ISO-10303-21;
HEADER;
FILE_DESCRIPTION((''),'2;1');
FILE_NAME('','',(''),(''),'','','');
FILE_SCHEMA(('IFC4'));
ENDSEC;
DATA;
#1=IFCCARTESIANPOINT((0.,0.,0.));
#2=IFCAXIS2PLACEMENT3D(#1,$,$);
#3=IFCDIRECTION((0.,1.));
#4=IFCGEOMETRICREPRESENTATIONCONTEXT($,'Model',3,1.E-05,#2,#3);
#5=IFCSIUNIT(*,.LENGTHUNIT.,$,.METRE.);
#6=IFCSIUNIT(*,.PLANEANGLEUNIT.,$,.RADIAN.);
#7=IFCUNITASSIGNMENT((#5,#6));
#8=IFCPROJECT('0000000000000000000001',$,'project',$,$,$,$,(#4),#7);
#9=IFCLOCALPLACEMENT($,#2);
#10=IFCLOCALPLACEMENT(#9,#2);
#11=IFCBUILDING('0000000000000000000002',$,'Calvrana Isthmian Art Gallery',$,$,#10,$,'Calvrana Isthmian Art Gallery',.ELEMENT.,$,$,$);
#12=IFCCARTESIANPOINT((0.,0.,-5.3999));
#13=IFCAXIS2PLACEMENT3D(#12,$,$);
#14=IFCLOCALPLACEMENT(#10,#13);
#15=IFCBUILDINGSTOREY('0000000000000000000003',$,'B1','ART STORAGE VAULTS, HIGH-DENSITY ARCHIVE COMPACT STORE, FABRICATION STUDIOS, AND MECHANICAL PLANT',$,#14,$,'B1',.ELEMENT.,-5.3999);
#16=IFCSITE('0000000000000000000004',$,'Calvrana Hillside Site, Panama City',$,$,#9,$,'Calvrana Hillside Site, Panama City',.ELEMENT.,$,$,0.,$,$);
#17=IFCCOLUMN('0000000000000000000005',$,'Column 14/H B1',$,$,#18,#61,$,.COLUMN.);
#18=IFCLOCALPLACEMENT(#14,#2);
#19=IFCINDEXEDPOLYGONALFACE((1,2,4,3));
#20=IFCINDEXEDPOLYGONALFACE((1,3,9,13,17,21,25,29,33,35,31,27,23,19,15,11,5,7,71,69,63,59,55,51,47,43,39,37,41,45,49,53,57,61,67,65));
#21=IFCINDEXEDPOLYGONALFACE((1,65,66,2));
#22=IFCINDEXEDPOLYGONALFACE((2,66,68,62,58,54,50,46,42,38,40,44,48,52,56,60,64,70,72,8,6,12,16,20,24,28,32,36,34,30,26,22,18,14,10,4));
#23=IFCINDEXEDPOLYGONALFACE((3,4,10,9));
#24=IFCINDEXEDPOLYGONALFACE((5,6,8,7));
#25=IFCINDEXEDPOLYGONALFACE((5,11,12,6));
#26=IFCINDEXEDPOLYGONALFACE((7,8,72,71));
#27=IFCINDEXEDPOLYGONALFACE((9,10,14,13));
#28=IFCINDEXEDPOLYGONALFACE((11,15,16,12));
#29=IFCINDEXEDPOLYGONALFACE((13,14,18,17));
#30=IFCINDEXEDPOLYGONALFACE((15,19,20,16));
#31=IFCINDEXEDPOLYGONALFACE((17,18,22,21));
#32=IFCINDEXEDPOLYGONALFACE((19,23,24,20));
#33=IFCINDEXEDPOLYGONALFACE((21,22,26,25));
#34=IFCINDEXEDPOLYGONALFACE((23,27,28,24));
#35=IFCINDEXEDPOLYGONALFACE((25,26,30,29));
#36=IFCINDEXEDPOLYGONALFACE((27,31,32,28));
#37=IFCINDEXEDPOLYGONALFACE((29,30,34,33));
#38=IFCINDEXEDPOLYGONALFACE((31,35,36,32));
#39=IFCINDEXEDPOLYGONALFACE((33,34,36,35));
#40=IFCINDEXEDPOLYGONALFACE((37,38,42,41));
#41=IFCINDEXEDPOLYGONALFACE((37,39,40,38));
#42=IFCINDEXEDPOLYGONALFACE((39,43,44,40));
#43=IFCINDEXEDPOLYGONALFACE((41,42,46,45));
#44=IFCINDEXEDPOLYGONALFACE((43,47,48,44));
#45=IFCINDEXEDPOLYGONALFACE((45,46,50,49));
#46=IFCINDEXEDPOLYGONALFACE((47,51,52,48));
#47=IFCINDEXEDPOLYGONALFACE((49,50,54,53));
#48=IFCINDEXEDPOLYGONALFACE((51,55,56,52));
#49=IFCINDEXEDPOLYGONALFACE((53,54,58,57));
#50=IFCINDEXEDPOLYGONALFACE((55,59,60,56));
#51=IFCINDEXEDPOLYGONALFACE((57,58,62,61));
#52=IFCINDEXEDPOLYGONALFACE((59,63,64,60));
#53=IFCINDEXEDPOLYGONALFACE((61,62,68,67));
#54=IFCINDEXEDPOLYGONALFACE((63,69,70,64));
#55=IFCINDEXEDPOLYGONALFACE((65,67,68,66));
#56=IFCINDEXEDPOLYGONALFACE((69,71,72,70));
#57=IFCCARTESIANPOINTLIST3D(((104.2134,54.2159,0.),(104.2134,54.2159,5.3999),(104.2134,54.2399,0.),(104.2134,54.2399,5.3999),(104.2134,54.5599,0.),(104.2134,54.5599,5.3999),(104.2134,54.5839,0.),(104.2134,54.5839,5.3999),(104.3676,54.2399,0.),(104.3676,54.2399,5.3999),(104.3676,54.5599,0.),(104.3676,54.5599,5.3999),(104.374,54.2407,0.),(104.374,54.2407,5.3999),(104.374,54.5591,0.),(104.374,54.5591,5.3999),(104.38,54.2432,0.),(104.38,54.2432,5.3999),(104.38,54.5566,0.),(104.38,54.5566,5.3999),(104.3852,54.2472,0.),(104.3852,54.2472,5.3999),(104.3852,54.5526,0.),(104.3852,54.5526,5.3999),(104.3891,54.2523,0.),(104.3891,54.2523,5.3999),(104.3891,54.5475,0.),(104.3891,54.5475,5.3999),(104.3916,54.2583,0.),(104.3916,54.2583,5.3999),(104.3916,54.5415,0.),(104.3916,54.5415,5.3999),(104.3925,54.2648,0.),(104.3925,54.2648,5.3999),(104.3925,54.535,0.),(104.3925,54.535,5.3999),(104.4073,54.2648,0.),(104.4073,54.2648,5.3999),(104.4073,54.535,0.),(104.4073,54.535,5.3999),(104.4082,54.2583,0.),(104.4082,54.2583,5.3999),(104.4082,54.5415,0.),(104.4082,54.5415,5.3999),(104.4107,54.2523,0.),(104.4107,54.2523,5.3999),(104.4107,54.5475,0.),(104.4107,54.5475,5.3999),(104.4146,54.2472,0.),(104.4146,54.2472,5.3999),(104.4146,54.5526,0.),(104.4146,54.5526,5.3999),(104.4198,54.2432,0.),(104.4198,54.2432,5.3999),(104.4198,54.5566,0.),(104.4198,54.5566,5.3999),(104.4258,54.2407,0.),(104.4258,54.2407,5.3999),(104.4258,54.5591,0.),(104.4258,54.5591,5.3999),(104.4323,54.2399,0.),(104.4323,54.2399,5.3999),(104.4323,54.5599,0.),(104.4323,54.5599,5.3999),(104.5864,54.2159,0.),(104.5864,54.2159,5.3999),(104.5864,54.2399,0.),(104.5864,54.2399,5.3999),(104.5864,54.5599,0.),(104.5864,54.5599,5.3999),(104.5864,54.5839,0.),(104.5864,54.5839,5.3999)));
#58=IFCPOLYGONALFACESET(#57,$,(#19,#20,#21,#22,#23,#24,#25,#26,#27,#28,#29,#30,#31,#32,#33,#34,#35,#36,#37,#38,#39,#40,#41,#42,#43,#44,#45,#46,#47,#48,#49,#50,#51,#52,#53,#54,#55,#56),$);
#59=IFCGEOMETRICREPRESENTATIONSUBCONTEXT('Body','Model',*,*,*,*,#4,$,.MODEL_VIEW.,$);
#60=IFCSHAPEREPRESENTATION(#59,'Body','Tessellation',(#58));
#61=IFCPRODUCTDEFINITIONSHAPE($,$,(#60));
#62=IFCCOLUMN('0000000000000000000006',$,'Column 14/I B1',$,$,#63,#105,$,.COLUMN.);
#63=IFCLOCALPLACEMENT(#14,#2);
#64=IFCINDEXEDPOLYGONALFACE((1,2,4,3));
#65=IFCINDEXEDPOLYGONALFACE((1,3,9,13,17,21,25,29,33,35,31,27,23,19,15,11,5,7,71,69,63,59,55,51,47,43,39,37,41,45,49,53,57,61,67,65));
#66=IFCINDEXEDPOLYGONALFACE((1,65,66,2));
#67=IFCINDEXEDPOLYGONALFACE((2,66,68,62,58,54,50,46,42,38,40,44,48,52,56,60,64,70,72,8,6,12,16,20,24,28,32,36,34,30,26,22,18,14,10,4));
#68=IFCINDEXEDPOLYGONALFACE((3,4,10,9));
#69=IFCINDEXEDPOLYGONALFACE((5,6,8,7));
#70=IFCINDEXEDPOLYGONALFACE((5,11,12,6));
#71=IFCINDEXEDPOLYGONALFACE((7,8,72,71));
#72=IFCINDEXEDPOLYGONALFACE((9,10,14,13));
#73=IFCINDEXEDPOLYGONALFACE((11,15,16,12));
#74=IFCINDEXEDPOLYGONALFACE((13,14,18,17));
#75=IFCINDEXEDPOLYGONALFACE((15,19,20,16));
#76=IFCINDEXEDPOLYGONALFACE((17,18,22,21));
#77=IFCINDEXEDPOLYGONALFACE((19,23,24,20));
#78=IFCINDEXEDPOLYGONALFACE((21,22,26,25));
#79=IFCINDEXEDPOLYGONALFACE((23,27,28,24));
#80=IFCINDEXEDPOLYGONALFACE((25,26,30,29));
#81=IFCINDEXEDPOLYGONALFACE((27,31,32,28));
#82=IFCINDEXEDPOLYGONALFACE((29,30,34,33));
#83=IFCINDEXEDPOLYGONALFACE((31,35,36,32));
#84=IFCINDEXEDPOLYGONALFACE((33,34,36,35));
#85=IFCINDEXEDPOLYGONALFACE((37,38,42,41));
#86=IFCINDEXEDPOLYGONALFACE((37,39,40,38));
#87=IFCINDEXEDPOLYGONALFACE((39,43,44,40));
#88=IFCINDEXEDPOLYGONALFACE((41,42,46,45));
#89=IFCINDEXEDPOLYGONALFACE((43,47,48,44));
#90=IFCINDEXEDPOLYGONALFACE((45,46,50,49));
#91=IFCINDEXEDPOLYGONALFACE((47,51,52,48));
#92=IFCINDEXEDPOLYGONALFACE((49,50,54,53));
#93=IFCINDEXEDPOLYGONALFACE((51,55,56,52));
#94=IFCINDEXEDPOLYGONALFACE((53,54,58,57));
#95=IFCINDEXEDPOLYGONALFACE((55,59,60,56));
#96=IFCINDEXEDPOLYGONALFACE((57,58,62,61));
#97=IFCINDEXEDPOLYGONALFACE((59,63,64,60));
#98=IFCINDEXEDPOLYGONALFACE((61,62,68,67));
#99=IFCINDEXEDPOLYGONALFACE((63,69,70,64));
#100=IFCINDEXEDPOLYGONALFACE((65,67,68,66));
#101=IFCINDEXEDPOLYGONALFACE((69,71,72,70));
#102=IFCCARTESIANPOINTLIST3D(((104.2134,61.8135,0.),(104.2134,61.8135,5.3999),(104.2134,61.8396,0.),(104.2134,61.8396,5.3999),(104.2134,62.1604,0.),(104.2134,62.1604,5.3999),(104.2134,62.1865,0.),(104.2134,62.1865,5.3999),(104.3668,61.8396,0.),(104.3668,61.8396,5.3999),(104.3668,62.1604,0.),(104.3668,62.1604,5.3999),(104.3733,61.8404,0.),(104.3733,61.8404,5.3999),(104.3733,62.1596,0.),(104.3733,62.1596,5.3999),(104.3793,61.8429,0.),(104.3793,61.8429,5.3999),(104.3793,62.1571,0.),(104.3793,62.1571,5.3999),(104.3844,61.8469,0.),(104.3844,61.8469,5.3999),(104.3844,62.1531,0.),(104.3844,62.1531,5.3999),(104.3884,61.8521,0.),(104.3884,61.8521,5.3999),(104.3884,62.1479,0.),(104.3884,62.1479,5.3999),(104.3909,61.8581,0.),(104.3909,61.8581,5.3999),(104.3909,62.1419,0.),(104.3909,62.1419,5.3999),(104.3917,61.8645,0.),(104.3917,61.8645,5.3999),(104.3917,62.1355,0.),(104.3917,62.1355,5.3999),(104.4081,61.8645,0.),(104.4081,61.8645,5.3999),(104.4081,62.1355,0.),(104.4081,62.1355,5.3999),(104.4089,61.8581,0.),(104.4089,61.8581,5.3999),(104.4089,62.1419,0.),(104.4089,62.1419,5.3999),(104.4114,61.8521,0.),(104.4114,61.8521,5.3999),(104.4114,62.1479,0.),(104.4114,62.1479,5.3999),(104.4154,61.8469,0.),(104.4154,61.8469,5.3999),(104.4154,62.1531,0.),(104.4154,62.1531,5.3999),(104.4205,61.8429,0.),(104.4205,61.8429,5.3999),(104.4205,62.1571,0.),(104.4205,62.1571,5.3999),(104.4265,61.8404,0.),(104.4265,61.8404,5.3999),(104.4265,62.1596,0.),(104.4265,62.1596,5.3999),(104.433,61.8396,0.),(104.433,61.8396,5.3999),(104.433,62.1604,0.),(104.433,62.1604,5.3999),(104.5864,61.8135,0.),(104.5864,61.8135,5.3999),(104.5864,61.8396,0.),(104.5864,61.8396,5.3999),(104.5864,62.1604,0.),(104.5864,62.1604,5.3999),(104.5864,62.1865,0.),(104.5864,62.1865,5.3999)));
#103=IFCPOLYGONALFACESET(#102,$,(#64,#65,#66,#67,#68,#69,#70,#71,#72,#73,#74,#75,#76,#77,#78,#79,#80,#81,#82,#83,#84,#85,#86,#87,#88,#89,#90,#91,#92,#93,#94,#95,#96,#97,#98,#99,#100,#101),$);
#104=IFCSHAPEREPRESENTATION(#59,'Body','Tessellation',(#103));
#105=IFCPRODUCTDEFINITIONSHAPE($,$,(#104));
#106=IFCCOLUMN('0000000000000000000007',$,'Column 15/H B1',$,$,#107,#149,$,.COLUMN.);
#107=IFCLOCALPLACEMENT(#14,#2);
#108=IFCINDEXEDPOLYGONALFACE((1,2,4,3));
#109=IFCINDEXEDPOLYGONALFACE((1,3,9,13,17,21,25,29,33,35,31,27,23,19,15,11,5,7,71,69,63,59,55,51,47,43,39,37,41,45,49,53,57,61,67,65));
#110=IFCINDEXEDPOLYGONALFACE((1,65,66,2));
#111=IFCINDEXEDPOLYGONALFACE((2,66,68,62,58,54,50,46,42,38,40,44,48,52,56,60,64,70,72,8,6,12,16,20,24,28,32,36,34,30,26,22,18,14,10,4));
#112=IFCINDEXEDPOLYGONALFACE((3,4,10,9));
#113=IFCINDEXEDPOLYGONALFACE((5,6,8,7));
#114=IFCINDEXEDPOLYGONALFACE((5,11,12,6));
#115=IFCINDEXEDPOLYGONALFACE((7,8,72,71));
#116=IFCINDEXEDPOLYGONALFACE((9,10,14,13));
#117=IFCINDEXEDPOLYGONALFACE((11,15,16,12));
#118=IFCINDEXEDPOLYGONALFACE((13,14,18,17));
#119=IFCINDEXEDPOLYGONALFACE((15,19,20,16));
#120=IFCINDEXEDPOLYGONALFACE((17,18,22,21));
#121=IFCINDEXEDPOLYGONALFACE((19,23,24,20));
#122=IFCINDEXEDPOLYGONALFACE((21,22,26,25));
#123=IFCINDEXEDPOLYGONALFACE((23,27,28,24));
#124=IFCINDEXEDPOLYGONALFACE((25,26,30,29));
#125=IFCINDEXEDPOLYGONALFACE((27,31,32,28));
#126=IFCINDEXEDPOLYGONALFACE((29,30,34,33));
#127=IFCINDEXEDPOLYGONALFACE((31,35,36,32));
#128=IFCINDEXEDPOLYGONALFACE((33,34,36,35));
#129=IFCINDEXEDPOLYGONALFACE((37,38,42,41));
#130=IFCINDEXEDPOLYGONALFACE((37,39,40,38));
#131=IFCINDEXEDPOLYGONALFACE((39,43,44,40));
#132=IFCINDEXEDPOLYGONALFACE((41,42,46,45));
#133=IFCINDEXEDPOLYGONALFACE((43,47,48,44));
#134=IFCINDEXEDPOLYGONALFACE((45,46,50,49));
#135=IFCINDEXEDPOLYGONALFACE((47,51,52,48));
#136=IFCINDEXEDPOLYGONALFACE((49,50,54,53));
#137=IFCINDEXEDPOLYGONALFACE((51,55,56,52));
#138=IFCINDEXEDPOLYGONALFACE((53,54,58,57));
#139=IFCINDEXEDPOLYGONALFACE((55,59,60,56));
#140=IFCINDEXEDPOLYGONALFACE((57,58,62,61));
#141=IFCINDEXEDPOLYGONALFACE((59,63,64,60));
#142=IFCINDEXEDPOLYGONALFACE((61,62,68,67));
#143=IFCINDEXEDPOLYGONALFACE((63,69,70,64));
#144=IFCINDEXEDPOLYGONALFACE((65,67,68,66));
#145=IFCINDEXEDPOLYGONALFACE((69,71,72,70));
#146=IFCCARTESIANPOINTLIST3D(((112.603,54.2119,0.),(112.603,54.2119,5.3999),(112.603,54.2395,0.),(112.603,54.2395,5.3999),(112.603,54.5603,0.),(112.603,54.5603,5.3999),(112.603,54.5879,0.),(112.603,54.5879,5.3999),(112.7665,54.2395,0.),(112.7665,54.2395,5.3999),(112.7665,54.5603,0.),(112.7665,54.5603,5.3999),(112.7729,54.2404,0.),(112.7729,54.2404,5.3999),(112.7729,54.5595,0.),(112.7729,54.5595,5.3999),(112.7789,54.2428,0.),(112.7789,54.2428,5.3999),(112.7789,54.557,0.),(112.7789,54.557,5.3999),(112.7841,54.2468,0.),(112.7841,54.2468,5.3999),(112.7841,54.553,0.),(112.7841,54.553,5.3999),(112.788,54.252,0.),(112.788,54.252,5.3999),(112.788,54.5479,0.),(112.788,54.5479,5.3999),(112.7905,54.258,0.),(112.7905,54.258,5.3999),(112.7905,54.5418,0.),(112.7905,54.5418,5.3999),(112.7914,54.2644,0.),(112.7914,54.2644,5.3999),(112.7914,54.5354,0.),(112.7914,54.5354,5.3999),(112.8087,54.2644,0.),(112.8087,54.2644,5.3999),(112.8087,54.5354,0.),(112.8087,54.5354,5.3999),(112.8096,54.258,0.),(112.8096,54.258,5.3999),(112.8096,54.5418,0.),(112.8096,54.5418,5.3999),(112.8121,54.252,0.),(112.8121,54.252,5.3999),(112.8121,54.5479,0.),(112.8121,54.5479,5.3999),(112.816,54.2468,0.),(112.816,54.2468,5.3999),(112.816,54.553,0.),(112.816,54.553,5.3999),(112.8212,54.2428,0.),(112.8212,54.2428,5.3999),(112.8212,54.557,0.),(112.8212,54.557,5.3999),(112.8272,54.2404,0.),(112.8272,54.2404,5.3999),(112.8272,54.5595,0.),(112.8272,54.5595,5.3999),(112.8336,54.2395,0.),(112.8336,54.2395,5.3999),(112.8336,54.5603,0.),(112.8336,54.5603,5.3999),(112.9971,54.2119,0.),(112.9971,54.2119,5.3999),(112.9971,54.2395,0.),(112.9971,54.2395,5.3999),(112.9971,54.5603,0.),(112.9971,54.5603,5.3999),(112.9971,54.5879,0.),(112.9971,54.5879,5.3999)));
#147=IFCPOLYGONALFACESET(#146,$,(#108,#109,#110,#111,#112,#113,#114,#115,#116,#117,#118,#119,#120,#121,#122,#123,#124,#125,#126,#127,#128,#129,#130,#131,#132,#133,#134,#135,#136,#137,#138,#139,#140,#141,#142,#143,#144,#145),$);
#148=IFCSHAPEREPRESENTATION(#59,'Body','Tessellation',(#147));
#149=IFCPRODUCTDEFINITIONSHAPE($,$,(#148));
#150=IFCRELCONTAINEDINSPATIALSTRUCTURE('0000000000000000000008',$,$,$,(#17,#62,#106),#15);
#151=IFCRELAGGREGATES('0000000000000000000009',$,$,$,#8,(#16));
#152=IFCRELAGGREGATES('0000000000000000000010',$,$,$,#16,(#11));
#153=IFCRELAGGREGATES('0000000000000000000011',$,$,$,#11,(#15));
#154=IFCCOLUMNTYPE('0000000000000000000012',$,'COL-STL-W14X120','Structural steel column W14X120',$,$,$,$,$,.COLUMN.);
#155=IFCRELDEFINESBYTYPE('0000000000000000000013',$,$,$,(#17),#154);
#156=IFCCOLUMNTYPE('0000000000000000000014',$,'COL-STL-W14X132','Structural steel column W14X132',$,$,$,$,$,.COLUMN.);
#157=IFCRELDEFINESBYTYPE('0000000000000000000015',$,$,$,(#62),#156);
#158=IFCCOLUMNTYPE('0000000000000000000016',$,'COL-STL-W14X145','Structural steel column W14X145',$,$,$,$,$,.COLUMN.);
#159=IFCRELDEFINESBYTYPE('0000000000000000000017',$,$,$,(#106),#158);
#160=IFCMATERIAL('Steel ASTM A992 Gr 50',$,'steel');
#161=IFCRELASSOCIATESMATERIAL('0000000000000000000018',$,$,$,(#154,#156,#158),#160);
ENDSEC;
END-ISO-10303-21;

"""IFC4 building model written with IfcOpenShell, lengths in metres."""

from ifc_helpers import new_model, si_unit, direction, frame, origin, origin_2d, place, context, subcontext, project, spatial, i_section, extrude, material, material_profile, profile_set, type_object, element, save


model = new_model("IFC4")

# Units and contexts
model_context = context("Model", 3, precision=1e-05, world=origin(), true_north=direction((0.0, 1.0)))
body_context = subcontext(model_context, "Body", "Model", "MODEL_VIEW")
ifc_project = project(units=[si_unit("LENGTHUNIT", "METRE"), si_unit("PLANEANGLEUNIT", "RADIAN")], contexts=[model_context])

# Site, building, storey
site_placement = place(None, origin())
site = spatial("IfcSite", under=ifc_project, at=site_placement, Name="Calvrana Hillside Site, Panama City", LongName="Calvrana Hillside Site, Panama City", CompositionType="ELEMENT", RefElevation=0.0)
building_placement = place(site_placement, origin())
building = spatial("IfcBuilding", under=site, at=building_placement, Name="Calvrana Isthmian Art Gallery", LongName="Calvrana Isthmian Art Gallery", CompositionType="ELEMENT")
storey_placement = place(building_placement, frame((0.0, 0.0, -5.3999)))
storey = spatial("IfcBuildingStorey", under=building, at=storey_placement, Name="B1", Description="ART STORAGE VAULTS, HIGH-DENSITY ARCHIVE COMPACT STORE, FABRICATION STUDIOS, AND MECHANICAL PLANT", LongName="B1", CompositionType="ELEMENT", Elevation=-5.3999)

# Columns
ifc_material_1 = material(Name="Steel ASTM A992 Gr 50", Category="steel")
ifc_material_profile_1 = material_profile(ifc_material_1, i_section(OverallWidth=0.373, OverallDepth=0.3679, WebThickness=0.0149, FlangeThickness=0.0239, FilletRadius=0.0249, at=origin_2d()), Name="W14X120")
ifc_profile_set_1 = profile_set([ifc_material_profile_1], Name="Steel ASTM A992 Gr 50")
column_type_1 = type_object("IfcColumnType", Name="COL-STL-W14X120", Description="Structural steel column W14X120", PredefinedType="COLUMN", material=ifc_profile_set_1)
column_1_placement = place(storey_placement, frame((104.3999, 54.3999, 0.0), z_axis=(0.0, 0.0, 1.0), x_axis=(1.0, 0.0, 0.0)))
element("IfcColumn", 1, at=column_1_placement, inside=storey, type_object=column_type_1, Name="Column 14/H B1", PredefinedType="COLUMN", context=body_context, shape_type="SweptSolid", body=[
    extrude(i_section(OverallWidth=0.373, OverallDepth=0.3679, WebThickness=0.0149, FlangeThickness=0.0239, FilletRadius=0.0249, at=origin_2d()), origin(), (0.0, 0.0, 1.0), 5.3999),
])
ifc_material_profile_2 = material_profile(ifc_material_1, i_section(OverallWidth=0.373, OverallDepth=0.373, WebThickness=0.0164, FlangeThickness=0.0261, FilletRadius=0.0249, at=origin_2d()), Name="W14X132")
ifc_profile_set_2 = profile_set([ifc_material_profile_2], Name="Steel ASTM A992 Gr 50")
column_type_2 = type_object("IfcColumnType", Name="COL-STL-W14X132", Description="Structural steel column W14X132", PredefinedType="COLUMN", material=ifc_profile_set_2)
column_2_placement = place(storey_placement, frame((104.3999, 62.0, 0.0), z_axis=(0.0, 0.0, 1.0), x_axis=(1.0, 0.0, 0.0)))
element("IfcColumn", 2, at=column_2_placement, inside=storey, type_object=column_type_2, Name="Column 14/I B1", PredefinedType="COLUMN", context=body_context, shape_type="SweptSolid", body=[
    extrude(i_section(OverallWidth=0.373, OverallDepth=0.373, WebThickness=0.0164, FlangeThickness=0.0261, FilletRadius=0.0249, at=origin_2d()), origin(), (0.0, 0.0, 1.0), 5.3999),
])
ifc_material_profile_3 = material_profile(ifc_material_1, i_section(OverallWidth=0.394, OverallDepth=0.376, WebThickness=0.0173, FlangeThickness=0.0276, FilletRadius=0.0249, at=origin_2d()), Name="W14X145")
ifc_profile_set_3 = profile_set([ifc_material_profile_3], Name="Steel ASTM A992 Gr 50")
column_type_3 = type_object("IfcColumnType", Name="COL-STL-W14X145", Description="Structural steel column W14X145", PredefinedType="COLUMN", material=ifc_profile_set_3)
column_3_placement = place(storey_placement, frame((112.8, 54.3999, 0.0), z_axis=(0.0, 0.0, 1.0), x_axis=(1.0, 0.0, 0.0)))
element("IfcColumn", 3, at=column_3_placement, inside=storey, type_object=column_type_3, Name="Column 15/H B1", PredefinedType="COLUMN", context=body_context, shape_type="SweptSolid", body=[
    extrude(i_section(OverallWidth=0.394, OverallDepth=0.376, WebThickness=0.0173, FlangeThickness=0.0276, FilletRadius=0.0249, at=origin_2d()), origin(), (0.0, 0.0, 1.0), 5.3999),
])

save(model, "model.ifc")
